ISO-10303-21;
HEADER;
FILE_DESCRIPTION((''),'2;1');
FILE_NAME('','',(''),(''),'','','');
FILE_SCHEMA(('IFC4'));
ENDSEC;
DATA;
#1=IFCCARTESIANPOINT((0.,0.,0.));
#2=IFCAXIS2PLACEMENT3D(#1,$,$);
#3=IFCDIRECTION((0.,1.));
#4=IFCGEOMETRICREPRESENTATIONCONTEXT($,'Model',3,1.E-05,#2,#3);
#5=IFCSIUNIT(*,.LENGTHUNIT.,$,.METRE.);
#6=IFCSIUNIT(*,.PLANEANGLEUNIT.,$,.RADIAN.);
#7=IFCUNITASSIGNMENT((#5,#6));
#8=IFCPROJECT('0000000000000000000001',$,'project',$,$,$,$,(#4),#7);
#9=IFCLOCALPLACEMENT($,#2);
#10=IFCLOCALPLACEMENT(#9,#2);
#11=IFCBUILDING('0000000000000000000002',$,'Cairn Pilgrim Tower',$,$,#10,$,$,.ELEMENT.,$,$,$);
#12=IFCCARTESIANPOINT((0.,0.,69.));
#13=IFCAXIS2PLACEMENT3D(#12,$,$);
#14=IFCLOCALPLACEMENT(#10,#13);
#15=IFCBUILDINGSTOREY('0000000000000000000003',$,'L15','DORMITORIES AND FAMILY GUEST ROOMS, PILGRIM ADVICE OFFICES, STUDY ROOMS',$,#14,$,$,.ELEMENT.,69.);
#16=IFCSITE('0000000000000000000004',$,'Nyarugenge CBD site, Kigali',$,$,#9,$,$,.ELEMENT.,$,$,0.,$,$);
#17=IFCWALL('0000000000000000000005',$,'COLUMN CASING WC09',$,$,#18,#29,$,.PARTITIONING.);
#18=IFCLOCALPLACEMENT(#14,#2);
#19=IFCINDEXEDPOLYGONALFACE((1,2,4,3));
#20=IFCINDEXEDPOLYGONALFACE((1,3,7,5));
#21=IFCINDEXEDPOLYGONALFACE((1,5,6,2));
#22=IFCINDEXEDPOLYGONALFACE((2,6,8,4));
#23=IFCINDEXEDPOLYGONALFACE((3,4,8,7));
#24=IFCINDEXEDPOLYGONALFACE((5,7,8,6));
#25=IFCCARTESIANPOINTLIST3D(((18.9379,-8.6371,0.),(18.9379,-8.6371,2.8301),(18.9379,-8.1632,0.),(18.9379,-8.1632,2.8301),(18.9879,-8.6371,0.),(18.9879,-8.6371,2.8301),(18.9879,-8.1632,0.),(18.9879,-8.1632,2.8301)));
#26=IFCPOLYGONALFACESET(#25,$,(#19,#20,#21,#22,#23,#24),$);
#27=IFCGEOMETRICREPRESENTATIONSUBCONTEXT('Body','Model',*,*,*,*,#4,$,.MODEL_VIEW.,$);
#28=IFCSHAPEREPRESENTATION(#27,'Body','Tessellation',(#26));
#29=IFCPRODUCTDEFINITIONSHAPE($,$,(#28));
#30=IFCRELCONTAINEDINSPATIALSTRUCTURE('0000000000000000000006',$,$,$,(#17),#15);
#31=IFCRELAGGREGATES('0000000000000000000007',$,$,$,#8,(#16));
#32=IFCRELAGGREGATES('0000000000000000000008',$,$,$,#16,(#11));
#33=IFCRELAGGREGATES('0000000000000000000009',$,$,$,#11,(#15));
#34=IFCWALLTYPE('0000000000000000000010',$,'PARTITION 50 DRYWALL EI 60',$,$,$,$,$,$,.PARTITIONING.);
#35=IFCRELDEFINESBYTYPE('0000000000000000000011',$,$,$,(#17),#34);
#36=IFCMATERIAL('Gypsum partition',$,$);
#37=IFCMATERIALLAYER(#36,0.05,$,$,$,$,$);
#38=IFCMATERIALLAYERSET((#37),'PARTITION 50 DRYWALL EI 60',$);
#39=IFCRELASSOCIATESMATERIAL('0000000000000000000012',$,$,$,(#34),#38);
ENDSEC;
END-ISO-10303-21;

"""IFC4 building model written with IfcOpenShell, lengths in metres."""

from ifc_helpers import new_model, si_unit, direction, frame, frame_2d, origin, place, context, subcontext, project, spatial, rectangle, extrude, material, layer, layer_set, type_object, element, save


model = new_model("IFC4")

# Units and contexts
model_context = context("Model", 3, precision=1e-05, world=origin(), true_north=direction((0.0, 1.0)))
body_context = subcontext(model_context, "Body", "Model", "MODEL_VIEW")
ifc_project = project(units=[si_unit("LENGTHUNIT", "METRE"), si_unit("PLANEANGLEUNIT", "RADIAN")], contexts=[model_context])

# Site, building, storey
site_placement = place(None, origin())
site = spatial("IfcSite", under=ifc_project, at=site_placement, Name="Nyarugenge CBD site, Kigali", CompositionType="ELEMENT", RefElevation=0.0)
building_placement = place(site_placement, origin())
building = spatial("IfcBuilding", under=site, at=building_placement, Name="Cairn Pilgrim Tower", CompositionType="ELEMENT")
storey_placement = place(building_placement, frame((0.0, 0.0, 69.0)))
storey = spatial("IfcBuildingStorey", under=building, at=storey_placement, Name="L15", Description="DORMITORIES AND FAMILY GUEST ROOMS, PILGRIM ADVICE OFFICES, STUDY ROOMS", CompositionType="ELEMENT", Elevation=69.0)

# Shared definitions
ifc_material_1 = material(Name="Gypsum partition")

# Wall
ifc_layer_1 = layer(ifc_material_1, 0.05)
ifc_layer_set_1 = layer_set([ifc_layer_1], Name="PARTITION 50 DRYWALL EI 60")
wall_type_1 = type_object("IfcWallType", Name="PARTITION 50 DRYWALL EI 60", PredefinedType="PARTITIONING", material=ifc_layer_set_1)
wall_1_placement = place(storey_placement, frame((18.9629, -8.637, 0.0), z_axis=(0.0, 0.0, 1.0), x_axis=(0.0, 1.0, 0.0)))
element("IfcWall", 1, at=wall_1_placement, inside=storey, type_object=wall_type_1, Name="COLUMN CASING WC09", PredefinedType="PARTITIONING", context=body_context, shape_type="SweptSolid", body=[
    extrude(rectangle(XDim=0.4739, YDim=0.05, at=frame_2d((0.2368, 0.0))), origin(), (0.0, 0.0, 1.0), 2.8301),
])

save(model, "model.ifc")
